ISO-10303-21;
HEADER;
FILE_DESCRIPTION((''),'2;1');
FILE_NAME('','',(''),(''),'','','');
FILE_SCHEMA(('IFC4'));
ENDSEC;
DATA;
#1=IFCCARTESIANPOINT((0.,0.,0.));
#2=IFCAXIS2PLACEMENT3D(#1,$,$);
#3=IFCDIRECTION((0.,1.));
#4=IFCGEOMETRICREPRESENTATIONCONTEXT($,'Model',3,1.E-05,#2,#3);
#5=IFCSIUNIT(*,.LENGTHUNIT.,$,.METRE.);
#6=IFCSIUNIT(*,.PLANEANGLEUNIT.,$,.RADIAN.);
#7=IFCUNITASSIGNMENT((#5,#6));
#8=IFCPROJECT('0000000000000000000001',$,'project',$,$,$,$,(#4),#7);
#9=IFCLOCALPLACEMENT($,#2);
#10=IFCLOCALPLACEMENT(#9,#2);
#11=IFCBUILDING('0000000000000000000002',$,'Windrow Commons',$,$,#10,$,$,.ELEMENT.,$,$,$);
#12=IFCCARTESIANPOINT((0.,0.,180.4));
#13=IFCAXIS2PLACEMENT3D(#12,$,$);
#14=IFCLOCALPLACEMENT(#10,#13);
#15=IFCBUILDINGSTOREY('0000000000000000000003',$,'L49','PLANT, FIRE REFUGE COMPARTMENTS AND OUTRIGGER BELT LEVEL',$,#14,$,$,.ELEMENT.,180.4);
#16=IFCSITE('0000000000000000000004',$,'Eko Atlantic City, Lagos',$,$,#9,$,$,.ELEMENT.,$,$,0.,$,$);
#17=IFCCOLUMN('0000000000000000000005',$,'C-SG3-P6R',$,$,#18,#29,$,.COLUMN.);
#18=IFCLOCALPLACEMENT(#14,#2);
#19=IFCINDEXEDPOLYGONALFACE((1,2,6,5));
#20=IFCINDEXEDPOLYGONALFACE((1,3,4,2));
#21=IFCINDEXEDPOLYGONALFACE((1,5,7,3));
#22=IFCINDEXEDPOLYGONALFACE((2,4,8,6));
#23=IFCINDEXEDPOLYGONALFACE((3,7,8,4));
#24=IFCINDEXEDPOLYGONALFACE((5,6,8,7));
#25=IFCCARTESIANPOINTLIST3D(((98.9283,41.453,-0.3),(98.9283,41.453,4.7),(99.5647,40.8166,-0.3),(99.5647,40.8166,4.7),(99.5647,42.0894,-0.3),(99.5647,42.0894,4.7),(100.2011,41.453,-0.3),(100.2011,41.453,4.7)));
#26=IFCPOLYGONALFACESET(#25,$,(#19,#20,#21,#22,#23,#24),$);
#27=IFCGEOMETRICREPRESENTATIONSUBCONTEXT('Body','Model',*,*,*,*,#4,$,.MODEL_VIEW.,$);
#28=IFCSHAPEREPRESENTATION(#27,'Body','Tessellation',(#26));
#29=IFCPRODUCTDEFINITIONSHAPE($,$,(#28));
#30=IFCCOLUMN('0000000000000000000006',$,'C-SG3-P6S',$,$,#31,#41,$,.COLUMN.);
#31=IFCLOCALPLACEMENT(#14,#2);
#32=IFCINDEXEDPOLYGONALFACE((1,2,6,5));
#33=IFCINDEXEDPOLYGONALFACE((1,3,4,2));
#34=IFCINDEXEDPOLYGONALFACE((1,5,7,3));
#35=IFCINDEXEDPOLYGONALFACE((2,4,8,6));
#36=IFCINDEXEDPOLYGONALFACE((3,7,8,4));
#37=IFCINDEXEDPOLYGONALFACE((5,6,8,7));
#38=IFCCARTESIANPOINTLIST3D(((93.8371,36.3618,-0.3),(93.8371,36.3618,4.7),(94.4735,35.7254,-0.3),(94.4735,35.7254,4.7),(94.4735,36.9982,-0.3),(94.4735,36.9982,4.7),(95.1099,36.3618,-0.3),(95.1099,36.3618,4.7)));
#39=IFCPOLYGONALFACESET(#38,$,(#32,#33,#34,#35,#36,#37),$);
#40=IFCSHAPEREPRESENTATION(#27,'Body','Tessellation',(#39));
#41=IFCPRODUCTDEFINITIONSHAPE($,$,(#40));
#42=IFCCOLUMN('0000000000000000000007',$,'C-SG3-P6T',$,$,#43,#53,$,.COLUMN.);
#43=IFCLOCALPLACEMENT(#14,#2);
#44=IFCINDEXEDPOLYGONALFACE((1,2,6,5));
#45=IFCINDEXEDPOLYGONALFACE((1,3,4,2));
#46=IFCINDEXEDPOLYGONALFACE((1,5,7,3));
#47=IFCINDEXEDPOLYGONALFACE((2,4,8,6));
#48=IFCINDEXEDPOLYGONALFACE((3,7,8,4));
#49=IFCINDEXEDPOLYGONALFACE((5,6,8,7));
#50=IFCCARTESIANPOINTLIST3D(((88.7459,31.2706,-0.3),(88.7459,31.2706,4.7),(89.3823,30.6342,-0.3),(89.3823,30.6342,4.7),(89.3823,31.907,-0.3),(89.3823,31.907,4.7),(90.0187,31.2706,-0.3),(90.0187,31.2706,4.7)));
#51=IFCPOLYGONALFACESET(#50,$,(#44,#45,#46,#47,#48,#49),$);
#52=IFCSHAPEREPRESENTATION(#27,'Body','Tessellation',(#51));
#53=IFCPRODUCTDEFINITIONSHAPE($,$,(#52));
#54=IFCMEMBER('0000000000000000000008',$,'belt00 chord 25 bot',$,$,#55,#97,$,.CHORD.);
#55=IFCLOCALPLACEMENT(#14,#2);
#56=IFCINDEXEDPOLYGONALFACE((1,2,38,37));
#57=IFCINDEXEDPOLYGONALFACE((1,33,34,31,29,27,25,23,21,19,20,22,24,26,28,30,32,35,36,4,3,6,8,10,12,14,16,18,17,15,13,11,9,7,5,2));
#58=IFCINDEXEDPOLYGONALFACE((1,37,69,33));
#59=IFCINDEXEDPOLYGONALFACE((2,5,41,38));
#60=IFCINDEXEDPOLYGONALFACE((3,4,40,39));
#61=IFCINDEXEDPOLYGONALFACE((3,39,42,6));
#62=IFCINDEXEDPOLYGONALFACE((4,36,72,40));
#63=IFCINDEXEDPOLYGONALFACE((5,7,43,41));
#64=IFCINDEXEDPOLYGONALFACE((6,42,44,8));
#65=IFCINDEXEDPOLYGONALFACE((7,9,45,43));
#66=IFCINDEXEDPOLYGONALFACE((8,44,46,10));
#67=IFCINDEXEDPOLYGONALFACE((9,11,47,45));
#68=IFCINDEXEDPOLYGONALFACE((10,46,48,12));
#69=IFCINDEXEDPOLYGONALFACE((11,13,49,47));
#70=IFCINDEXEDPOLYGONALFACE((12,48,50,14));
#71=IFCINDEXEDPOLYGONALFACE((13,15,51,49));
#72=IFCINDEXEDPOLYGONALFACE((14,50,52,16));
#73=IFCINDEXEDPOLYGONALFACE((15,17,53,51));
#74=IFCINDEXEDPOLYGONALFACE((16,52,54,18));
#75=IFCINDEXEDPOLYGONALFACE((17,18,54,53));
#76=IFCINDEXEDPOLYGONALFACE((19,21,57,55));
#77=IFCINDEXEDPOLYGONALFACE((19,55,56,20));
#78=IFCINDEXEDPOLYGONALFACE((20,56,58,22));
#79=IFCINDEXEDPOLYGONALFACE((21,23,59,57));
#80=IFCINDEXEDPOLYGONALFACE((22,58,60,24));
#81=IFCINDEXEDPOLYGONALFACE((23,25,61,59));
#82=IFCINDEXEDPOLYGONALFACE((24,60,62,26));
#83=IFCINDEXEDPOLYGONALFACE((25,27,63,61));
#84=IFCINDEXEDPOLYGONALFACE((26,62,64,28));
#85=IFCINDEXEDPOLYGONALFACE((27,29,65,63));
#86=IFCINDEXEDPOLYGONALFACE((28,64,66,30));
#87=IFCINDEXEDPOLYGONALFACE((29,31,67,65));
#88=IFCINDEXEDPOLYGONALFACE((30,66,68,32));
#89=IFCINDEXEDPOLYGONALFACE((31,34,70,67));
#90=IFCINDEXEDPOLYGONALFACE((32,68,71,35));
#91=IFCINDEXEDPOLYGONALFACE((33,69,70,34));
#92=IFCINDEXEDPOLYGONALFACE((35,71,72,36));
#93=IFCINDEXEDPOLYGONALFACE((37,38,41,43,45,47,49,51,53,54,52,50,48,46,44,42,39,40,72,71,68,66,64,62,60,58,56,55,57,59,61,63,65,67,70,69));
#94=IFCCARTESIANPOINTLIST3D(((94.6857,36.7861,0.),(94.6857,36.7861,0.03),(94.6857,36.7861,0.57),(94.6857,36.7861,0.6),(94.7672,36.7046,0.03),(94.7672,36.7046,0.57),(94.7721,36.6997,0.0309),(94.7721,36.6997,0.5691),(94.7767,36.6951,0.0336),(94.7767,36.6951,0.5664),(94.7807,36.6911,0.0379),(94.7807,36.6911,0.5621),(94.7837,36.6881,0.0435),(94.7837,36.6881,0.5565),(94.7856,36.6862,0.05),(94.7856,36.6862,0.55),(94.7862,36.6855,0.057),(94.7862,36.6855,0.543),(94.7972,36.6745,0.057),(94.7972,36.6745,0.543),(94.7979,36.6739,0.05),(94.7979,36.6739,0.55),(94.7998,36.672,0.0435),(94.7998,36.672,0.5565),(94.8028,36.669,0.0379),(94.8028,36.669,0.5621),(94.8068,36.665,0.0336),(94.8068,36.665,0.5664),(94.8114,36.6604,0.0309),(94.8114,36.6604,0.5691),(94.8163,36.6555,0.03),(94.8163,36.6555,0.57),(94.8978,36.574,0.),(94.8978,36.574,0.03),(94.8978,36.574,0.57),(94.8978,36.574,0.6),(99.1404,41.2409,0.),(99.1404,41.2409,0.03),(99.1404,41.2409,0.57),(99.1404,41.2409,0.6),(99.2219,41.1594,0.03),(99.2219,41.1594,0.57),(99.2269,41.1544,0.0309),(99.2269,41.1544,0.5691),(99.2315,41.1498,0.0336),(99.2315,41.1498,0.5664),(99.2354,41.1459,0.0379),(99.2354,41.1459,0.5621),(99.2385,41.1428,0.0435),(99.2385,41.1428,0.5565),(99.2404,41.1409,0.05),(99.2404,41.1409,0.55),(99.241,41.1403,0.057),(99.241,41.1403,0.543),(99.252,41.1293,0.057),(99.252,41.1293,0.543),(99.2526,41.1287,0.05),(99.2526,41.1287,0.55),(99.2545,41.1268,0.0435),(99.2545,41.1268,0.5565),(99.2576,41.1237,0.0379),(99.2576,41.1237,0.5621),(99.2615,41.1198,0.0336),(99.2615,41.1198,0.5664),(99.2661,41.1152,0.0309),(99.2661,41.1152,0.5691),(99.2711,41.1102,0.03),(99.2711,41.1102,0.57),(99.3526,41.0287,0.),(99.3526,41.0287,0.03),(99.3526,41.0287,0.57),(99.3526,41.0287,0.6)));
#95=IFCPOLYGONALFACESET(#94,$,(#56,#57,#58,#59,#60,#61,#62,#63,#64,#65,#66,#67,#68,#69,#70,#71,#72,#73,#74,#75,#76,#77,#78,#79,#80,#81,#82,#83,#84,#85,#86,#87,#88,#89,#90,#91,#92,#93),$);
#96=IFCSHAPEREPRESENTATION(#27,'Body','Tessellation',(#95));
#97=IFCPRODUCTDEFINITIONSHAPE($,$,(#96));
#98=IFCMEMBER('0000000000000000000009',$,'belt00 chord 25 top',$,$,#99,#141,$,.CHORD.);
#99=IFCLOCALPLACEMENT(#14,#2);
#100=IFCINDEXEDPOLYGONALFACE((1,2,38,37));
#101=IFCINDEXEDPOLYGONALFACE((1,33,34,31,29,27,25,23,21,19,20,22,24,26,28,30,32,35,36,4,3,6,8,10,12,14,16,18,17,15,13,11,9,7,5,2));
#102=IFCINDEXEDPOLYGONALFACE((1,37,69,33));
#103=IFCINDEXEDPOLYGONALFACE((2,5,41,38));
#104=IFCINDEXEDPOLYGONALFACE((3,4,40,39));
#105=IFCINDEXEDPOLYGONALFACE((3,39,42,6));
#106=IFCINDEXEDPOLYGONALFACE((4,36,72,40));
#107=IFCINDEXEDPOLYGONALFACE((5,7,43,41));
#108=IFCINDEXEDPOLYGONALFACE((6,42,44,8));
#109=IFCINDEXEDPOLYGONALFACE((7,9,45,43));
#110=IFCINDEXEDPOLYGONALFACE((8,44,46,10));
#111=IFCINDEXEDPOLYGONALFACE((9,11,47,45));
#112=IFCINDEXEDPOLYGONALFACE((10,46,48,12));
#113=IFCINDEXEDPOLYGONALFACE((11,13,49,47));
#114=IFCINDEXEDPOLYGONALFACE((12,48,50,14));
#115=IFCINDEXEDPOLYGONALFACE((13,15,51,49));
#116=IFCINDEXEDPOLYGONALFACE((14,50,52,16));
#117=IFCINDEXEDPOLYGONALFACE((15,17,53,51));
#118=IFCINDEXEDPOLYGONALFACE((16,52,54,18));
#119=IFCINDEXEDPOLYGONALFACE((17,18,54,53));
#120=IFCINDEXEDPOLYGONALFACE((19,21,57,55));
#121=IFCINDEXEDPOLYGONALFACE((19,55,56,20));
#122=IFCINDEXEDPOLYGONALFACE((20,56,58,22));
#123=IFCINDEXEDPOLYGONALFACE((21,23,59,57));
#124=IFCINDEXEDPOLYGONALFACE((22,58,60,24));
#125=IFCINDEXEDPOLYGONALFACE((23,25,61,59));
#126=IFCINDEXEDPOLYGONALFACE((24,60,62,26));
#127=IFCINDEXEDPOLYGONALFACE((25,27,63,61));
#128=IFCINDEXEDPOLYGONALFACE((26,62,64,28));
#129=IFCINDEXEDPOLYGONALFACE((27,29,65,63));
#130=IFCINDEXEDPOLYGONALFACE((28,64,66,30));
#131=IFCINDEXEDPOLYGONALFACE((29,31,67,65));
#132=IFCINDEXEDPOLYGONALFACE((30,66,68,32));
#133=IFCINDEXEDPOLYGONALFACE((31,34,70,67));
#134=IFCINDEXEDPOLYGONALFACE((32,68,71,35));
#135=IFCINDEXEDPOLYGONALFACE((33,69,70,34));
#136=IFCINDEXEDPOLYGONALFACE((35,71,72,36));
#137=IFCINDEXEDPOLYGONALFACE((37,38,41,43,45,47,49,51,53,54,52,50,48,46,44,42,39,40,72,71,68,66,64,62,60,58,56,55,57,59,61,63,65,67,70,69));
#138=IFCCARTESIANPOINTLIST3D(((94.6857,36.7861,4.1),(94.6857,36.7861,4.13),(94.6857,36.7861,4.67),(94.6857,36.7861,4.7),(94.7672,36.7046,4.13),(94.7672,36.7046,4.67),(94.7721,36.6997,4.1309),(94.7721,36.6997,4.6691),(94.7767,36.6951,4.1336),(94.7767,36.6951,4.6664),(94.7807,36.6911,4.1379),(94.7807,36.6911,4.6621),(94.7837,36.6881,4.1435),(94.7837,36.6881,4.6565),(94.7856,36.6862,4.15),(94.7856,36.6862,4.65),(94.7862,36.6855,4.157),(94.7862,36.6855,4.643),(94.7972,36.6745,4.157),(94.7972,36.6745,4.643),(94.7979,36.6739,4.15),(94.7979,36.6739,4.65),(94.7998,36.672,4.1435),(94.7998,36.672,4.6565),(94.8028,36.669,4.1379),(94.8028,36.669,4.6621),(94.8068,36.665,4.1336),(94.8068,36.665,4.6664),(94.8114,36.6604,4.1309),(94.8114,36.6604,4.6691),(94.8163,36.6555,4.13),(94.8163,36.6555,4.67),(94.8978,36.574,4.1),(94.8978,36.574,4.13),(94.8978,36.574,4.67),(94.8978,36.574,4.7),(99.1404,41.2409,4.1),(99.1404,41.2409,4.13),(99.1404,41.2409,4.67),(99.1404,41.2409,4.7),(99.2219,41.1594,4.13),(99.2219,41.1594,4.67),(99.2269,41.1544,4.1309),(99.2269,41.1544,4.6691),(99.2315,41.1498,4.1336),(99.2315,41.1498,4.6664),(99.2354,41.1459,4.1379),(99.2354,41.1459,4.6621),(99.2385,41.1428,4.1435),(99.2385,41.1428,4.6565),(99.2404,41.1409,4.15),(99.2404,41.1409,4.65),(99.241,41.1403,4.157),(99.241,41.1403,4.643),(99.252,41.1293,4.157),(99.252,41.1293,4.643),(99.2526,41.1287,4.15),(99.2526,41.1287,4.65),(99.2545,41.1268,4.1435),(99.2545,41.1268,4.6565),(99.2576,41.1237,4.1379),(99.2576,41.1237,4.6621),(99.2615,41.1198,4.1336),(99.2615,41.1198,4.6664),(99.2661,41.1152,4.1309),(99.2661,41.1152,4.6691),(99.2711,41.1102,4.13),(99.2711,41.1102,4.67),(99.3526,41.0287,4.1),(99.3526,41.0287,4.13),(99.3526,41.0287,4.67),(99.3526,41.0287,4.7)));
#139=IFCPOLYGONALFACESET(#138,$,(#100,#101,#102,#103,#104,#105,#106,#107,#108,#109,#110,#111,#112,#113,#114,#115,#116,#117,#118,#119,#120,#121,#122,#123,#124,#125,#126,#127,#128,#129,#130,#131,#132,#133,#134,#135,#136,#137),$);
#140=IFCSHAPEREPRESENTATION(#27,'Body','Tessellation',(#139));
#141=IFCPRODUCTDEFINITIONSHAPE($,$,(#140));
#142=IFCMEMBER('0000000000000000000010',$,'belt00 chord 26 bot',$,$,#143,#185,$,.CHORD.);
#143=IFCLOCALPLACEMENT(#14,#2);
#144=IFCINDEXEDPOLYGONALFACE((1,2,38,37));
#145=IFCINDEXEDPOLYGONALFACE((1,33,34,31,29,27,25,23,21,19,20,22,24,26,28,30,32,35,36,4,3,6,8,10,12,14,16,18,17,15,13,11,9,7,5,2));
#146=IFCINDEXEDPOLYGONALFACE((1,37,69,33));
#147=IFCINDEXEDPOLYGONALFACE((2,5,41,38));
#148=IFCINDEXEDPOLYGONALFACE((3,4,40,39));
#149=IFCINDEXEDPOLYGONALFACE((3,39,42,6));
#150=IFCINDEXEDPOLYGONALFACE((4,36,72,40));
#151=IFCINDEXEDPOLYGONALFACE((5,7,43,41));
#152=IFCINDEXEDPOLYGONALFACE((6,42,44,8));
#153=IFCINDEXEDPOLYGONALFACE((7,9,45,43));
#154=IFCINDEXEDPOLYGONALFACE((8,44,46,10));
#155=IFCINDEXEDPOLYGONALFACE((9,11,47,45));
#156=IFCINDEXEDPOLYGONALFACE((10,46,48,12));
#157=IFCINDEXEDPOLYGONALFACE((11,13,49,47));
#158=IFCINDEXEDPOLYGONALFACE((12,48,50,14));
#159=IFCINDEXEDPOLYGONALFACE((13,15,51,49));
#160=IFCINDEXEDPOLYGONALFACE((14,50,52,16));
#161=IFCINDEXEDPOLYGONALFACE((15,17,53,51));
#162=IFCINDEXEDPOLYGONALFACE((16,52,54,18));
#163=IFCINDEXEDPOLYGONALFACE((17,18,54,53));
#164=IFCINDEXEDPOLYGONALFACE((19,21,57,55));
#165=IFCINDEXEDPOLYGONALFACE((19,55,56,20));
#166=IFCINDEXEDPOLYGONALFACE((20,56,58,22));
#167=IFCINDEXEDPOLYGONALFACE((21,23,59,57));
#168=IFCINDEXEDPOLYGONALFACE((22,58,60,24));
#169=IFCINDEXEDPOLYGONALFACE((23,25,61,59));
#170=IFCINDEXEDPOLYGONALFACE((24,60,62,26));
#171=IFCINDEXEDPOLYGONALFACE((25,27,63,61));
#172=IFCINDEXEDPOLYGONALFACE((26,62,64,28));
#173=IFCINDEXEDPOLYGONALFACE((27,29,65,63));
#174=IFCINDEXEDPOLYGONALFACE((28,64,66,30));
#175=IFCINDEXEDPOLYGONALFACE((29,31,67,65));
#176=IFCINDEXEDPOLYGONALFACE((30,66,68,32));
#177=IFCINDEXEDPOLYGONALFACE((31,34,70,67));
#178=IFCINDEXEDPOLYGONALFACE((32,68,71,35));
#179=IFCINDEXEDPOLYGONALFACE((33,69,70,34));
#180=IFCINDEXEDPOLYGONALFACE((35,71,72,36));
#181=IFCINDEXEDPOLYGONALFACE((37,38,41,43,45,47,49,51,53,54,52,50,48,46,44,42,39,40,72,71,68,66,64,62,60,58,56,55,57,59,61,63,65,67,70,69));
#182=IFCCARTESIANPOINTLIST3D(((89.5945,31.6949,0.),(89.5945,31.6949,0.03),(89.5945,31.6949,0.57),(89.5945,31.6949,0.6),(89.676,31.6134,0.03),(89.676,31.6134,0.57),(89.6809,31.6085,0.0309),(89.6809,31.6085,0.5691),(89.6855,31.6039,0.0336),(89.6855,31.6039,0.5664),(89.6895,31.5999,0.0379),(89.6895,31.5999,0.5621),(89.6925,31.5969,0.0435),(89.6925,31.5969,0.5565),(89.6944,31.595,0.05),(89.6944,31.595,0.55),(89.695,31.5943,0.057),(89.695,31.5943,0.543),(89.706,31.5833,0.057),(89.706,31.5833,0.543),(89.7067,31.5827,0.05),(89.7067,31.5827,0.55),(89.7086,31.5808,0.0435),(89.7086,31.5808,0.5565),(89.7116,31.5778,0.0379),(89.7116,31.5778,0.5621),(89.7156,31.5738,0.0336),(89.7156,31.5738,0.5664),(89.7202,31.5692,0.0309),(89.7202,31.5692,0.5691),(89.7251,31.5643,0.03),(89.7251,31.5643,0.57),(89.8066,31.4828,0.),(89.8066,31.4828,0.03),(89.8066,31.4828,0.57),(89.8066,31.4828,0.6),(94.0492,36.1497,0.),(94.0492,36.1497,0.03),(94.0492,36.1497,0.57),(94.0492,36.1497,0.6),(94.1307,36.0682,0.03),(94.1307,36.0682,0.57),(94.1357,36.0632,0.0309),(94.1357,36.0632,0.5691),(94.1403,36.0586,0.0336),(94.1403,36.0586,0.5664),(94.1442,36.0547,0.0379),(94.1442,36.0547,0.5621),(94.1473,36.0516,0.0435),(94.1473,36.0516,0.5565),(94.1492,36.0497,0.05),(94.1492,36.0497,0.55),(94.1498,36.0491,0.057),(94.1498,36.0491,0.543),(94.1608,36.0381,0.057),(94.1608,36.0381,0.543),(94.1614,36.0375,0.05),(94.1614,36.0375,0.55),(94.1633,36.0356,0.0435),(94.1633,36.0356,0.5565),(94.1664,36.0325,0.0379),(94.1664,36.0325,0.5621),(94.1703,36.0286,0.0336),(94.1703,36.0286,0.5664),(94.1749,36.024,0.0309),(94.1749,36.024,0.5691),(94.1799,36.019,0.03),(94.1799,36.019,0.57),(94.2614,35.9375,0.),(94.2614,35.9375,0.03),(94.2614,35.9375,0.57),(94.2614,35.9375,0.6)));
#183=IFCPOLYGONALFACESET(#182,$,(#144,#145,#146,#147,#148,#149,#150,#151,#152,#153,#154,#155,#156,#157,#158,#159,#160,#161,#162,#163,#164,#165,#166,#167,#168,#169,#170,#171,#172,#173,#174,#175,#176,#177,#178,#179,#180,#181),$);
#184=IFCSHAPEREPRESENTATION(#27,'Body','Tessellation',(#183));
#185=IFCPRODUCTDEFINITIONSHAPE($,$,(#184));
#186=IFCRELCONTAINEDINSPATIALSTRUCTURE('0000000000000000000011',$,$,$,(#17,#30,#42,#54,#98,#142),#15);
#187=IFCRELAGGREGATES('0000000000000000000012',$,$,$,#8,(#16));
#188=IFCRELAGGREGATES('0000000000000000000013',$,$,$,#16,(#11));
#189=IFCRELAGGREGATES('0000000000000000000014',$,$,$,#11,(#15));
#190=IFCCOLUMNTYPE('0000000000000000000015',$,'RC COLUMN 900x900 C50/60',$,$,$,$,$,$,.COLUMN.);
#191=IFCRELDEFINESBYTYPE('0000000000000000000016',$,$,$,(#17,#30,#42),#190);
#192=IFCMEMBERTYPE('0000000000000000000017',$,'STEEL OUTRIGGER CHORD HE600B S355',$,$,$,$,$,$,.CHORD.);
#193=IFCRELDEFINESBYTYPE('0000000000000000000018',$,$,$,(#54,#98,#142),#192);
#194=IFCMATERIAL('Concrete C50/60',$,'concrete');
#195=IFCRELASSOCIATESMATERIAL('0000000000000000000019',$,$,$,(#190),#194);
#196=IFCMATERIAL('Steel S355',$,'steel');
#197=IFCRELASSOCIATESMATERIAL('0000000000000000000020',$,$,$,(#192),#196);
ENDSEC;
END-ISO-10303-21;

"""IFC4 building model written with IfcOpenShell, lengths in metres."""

from ifc_helpers import new_model, si_unit, direction, frame, origin, origin_2d, place, context, subcontext, project, spatial, rectangle, i_section, extrude, material, material_profile, profile_set, type_object, element, save


model = new_model("IFC4")

# Units and contexts
model_context = context("Model", 3, precision=1e-05, world=origin(), true_north=direction((0.0, 1.0)))
body_context = subcontext(model_context, "Body", "Model", "MODEL_VIEW")
ifc_project = project(units=[si_unit("LENGTHUNIT", "METRE"), si_unit("PLANEANGLEUNIT", "RADIAN")], contexts=[model_context])

# Site, building, storey
site_placement = place(None, origin())
site = spatial("IfcSite", under=ifc_project, at=site_placement, Name="Eko Atlantic City, Lagos", CompositionType="ELEMENT", RefElevation=0.0)
building_placement = place(site_placement, origin())
building = spatial("IfcBuilding", under=site, at=building_placement, Name="Windrow Commons", CompositionType="ELEMENT")
storey_placement = place(building_placement, frame((0.0, 0.0, 180.4)))
storey = spatial("IfcBuildingStorey", under=building, at=storey_placement, Name="L49", Description="PLANT, FIRE REFUGE COMPARTMENTS AND OUTRIGGER BELT LEVEL", CompositionType="ELEMENT", Elevation=180.4)

# Columns
ifc_material_1 = material(Name="Concrete C50/60", Category="concrete")
ifc_material_profile_1 = material_profile(ifc_material_1, rectangle(XDim=0.9, YDim=0.9, at=origin_2d()))
ifc_profile_set_1 = profile_set([ifc_material_profile_1], Name="Concrete C50/60")
column_type = type_object("IfcColumnType", Name="RC COLUMN 900x900 C50/60", PredefinedType="COLUMN", material=ifc_profile_set_1)
for number, where, z_axis, x_axis, name in (
    (1, (99.5647, 41.453, -0.3), (0.0, 0.0, 1.0), (0.707107, -0.707107, 0.0), "C-SG3-P6R"),
    (2, (94.4735, 36.3618, -0.3), (0.0, 0.0, 1.0), (0.707107, -0.707107, 0.0), "C-SG3-P6S"),
    (3, (89.3823, 31.2706, -0.3), (0.0, 0.0, 1.0), (0.707107, -0.707107, 0.0), "C-SG3-P6T"),
):
    element("IfcColumn", number, at=place(storey_placement, frame(where, z_axis=z_axis, x_axis=x_axis)), inside=storey, type_object=column_type, Name=name, PredefinedType="COLUMN", context=body_context, shape_type="SweptSolid", body=[
        extrude(rectangle(XDim=0.9, YDim=0.9, at=origin_2d()), origin(), (0.0, 0.0, 1.0), 5.0),
    ])

# Members
ifc_material_2 = material(Name="Steel S355", Category="steel")
ifc_material_profile_2 = material_profile(ifc_material_2, i_section(OverallWidth=0.3, OverallDepth=0.6, WebThickness=0.0155, FlangeThickness=0.03, FilletRadius=0.027, at=origin_2d()))
ifc_profile_set_2 = profile_set([ifc_material_profile_2], Name="Steel S355")
member_type_1 = type_object("IfcMemberType", Name="STEEL OUTRIGGER CHORD HE600B S355", PredefinedType="CHORD", material=ifc_profile_set_2)
for number, where, z_axis, x_axis, name in (
    (4, (99.2465, 41.1348, 0.3), (-0.707107, -0.707107, 0.0), (0.707107, -0.707107, 0.0), "belt00 chord 25 bot"),
    (5, (99.2465, 41.1348, 4.4), (-0.707107, -0.707107, 0.0), (0.707107, -0.707107, 0.0), "belt00 chord 25 top"),
    (6, (94.1553, 36.0436, 0.3), (-0.707107, -0.707107, 0.0), (0.707107, -0.707107, 0.0), "belt00 chord 26 bot"),
):
    element("IfcMember", number, at=place(storey_placement, frame(where, z_axis=z_axis, x_axis=x_axis)), inside=storey, type_object=member_type_1, Name=name, PredefinedType="CHORD", context=body_context, shape_type="SweptSolid", body=[
        extrude(i_section(OverallWidth=0.3, OverallDepth=0.6, WebThickness=0.0155, FlangeThickness=0.03, FilletRadius=0.027, at=origin_2d()), origin(), (0.0, 0.0, 1.0), 6.3),
    ])

save(model, "model.ifc")
